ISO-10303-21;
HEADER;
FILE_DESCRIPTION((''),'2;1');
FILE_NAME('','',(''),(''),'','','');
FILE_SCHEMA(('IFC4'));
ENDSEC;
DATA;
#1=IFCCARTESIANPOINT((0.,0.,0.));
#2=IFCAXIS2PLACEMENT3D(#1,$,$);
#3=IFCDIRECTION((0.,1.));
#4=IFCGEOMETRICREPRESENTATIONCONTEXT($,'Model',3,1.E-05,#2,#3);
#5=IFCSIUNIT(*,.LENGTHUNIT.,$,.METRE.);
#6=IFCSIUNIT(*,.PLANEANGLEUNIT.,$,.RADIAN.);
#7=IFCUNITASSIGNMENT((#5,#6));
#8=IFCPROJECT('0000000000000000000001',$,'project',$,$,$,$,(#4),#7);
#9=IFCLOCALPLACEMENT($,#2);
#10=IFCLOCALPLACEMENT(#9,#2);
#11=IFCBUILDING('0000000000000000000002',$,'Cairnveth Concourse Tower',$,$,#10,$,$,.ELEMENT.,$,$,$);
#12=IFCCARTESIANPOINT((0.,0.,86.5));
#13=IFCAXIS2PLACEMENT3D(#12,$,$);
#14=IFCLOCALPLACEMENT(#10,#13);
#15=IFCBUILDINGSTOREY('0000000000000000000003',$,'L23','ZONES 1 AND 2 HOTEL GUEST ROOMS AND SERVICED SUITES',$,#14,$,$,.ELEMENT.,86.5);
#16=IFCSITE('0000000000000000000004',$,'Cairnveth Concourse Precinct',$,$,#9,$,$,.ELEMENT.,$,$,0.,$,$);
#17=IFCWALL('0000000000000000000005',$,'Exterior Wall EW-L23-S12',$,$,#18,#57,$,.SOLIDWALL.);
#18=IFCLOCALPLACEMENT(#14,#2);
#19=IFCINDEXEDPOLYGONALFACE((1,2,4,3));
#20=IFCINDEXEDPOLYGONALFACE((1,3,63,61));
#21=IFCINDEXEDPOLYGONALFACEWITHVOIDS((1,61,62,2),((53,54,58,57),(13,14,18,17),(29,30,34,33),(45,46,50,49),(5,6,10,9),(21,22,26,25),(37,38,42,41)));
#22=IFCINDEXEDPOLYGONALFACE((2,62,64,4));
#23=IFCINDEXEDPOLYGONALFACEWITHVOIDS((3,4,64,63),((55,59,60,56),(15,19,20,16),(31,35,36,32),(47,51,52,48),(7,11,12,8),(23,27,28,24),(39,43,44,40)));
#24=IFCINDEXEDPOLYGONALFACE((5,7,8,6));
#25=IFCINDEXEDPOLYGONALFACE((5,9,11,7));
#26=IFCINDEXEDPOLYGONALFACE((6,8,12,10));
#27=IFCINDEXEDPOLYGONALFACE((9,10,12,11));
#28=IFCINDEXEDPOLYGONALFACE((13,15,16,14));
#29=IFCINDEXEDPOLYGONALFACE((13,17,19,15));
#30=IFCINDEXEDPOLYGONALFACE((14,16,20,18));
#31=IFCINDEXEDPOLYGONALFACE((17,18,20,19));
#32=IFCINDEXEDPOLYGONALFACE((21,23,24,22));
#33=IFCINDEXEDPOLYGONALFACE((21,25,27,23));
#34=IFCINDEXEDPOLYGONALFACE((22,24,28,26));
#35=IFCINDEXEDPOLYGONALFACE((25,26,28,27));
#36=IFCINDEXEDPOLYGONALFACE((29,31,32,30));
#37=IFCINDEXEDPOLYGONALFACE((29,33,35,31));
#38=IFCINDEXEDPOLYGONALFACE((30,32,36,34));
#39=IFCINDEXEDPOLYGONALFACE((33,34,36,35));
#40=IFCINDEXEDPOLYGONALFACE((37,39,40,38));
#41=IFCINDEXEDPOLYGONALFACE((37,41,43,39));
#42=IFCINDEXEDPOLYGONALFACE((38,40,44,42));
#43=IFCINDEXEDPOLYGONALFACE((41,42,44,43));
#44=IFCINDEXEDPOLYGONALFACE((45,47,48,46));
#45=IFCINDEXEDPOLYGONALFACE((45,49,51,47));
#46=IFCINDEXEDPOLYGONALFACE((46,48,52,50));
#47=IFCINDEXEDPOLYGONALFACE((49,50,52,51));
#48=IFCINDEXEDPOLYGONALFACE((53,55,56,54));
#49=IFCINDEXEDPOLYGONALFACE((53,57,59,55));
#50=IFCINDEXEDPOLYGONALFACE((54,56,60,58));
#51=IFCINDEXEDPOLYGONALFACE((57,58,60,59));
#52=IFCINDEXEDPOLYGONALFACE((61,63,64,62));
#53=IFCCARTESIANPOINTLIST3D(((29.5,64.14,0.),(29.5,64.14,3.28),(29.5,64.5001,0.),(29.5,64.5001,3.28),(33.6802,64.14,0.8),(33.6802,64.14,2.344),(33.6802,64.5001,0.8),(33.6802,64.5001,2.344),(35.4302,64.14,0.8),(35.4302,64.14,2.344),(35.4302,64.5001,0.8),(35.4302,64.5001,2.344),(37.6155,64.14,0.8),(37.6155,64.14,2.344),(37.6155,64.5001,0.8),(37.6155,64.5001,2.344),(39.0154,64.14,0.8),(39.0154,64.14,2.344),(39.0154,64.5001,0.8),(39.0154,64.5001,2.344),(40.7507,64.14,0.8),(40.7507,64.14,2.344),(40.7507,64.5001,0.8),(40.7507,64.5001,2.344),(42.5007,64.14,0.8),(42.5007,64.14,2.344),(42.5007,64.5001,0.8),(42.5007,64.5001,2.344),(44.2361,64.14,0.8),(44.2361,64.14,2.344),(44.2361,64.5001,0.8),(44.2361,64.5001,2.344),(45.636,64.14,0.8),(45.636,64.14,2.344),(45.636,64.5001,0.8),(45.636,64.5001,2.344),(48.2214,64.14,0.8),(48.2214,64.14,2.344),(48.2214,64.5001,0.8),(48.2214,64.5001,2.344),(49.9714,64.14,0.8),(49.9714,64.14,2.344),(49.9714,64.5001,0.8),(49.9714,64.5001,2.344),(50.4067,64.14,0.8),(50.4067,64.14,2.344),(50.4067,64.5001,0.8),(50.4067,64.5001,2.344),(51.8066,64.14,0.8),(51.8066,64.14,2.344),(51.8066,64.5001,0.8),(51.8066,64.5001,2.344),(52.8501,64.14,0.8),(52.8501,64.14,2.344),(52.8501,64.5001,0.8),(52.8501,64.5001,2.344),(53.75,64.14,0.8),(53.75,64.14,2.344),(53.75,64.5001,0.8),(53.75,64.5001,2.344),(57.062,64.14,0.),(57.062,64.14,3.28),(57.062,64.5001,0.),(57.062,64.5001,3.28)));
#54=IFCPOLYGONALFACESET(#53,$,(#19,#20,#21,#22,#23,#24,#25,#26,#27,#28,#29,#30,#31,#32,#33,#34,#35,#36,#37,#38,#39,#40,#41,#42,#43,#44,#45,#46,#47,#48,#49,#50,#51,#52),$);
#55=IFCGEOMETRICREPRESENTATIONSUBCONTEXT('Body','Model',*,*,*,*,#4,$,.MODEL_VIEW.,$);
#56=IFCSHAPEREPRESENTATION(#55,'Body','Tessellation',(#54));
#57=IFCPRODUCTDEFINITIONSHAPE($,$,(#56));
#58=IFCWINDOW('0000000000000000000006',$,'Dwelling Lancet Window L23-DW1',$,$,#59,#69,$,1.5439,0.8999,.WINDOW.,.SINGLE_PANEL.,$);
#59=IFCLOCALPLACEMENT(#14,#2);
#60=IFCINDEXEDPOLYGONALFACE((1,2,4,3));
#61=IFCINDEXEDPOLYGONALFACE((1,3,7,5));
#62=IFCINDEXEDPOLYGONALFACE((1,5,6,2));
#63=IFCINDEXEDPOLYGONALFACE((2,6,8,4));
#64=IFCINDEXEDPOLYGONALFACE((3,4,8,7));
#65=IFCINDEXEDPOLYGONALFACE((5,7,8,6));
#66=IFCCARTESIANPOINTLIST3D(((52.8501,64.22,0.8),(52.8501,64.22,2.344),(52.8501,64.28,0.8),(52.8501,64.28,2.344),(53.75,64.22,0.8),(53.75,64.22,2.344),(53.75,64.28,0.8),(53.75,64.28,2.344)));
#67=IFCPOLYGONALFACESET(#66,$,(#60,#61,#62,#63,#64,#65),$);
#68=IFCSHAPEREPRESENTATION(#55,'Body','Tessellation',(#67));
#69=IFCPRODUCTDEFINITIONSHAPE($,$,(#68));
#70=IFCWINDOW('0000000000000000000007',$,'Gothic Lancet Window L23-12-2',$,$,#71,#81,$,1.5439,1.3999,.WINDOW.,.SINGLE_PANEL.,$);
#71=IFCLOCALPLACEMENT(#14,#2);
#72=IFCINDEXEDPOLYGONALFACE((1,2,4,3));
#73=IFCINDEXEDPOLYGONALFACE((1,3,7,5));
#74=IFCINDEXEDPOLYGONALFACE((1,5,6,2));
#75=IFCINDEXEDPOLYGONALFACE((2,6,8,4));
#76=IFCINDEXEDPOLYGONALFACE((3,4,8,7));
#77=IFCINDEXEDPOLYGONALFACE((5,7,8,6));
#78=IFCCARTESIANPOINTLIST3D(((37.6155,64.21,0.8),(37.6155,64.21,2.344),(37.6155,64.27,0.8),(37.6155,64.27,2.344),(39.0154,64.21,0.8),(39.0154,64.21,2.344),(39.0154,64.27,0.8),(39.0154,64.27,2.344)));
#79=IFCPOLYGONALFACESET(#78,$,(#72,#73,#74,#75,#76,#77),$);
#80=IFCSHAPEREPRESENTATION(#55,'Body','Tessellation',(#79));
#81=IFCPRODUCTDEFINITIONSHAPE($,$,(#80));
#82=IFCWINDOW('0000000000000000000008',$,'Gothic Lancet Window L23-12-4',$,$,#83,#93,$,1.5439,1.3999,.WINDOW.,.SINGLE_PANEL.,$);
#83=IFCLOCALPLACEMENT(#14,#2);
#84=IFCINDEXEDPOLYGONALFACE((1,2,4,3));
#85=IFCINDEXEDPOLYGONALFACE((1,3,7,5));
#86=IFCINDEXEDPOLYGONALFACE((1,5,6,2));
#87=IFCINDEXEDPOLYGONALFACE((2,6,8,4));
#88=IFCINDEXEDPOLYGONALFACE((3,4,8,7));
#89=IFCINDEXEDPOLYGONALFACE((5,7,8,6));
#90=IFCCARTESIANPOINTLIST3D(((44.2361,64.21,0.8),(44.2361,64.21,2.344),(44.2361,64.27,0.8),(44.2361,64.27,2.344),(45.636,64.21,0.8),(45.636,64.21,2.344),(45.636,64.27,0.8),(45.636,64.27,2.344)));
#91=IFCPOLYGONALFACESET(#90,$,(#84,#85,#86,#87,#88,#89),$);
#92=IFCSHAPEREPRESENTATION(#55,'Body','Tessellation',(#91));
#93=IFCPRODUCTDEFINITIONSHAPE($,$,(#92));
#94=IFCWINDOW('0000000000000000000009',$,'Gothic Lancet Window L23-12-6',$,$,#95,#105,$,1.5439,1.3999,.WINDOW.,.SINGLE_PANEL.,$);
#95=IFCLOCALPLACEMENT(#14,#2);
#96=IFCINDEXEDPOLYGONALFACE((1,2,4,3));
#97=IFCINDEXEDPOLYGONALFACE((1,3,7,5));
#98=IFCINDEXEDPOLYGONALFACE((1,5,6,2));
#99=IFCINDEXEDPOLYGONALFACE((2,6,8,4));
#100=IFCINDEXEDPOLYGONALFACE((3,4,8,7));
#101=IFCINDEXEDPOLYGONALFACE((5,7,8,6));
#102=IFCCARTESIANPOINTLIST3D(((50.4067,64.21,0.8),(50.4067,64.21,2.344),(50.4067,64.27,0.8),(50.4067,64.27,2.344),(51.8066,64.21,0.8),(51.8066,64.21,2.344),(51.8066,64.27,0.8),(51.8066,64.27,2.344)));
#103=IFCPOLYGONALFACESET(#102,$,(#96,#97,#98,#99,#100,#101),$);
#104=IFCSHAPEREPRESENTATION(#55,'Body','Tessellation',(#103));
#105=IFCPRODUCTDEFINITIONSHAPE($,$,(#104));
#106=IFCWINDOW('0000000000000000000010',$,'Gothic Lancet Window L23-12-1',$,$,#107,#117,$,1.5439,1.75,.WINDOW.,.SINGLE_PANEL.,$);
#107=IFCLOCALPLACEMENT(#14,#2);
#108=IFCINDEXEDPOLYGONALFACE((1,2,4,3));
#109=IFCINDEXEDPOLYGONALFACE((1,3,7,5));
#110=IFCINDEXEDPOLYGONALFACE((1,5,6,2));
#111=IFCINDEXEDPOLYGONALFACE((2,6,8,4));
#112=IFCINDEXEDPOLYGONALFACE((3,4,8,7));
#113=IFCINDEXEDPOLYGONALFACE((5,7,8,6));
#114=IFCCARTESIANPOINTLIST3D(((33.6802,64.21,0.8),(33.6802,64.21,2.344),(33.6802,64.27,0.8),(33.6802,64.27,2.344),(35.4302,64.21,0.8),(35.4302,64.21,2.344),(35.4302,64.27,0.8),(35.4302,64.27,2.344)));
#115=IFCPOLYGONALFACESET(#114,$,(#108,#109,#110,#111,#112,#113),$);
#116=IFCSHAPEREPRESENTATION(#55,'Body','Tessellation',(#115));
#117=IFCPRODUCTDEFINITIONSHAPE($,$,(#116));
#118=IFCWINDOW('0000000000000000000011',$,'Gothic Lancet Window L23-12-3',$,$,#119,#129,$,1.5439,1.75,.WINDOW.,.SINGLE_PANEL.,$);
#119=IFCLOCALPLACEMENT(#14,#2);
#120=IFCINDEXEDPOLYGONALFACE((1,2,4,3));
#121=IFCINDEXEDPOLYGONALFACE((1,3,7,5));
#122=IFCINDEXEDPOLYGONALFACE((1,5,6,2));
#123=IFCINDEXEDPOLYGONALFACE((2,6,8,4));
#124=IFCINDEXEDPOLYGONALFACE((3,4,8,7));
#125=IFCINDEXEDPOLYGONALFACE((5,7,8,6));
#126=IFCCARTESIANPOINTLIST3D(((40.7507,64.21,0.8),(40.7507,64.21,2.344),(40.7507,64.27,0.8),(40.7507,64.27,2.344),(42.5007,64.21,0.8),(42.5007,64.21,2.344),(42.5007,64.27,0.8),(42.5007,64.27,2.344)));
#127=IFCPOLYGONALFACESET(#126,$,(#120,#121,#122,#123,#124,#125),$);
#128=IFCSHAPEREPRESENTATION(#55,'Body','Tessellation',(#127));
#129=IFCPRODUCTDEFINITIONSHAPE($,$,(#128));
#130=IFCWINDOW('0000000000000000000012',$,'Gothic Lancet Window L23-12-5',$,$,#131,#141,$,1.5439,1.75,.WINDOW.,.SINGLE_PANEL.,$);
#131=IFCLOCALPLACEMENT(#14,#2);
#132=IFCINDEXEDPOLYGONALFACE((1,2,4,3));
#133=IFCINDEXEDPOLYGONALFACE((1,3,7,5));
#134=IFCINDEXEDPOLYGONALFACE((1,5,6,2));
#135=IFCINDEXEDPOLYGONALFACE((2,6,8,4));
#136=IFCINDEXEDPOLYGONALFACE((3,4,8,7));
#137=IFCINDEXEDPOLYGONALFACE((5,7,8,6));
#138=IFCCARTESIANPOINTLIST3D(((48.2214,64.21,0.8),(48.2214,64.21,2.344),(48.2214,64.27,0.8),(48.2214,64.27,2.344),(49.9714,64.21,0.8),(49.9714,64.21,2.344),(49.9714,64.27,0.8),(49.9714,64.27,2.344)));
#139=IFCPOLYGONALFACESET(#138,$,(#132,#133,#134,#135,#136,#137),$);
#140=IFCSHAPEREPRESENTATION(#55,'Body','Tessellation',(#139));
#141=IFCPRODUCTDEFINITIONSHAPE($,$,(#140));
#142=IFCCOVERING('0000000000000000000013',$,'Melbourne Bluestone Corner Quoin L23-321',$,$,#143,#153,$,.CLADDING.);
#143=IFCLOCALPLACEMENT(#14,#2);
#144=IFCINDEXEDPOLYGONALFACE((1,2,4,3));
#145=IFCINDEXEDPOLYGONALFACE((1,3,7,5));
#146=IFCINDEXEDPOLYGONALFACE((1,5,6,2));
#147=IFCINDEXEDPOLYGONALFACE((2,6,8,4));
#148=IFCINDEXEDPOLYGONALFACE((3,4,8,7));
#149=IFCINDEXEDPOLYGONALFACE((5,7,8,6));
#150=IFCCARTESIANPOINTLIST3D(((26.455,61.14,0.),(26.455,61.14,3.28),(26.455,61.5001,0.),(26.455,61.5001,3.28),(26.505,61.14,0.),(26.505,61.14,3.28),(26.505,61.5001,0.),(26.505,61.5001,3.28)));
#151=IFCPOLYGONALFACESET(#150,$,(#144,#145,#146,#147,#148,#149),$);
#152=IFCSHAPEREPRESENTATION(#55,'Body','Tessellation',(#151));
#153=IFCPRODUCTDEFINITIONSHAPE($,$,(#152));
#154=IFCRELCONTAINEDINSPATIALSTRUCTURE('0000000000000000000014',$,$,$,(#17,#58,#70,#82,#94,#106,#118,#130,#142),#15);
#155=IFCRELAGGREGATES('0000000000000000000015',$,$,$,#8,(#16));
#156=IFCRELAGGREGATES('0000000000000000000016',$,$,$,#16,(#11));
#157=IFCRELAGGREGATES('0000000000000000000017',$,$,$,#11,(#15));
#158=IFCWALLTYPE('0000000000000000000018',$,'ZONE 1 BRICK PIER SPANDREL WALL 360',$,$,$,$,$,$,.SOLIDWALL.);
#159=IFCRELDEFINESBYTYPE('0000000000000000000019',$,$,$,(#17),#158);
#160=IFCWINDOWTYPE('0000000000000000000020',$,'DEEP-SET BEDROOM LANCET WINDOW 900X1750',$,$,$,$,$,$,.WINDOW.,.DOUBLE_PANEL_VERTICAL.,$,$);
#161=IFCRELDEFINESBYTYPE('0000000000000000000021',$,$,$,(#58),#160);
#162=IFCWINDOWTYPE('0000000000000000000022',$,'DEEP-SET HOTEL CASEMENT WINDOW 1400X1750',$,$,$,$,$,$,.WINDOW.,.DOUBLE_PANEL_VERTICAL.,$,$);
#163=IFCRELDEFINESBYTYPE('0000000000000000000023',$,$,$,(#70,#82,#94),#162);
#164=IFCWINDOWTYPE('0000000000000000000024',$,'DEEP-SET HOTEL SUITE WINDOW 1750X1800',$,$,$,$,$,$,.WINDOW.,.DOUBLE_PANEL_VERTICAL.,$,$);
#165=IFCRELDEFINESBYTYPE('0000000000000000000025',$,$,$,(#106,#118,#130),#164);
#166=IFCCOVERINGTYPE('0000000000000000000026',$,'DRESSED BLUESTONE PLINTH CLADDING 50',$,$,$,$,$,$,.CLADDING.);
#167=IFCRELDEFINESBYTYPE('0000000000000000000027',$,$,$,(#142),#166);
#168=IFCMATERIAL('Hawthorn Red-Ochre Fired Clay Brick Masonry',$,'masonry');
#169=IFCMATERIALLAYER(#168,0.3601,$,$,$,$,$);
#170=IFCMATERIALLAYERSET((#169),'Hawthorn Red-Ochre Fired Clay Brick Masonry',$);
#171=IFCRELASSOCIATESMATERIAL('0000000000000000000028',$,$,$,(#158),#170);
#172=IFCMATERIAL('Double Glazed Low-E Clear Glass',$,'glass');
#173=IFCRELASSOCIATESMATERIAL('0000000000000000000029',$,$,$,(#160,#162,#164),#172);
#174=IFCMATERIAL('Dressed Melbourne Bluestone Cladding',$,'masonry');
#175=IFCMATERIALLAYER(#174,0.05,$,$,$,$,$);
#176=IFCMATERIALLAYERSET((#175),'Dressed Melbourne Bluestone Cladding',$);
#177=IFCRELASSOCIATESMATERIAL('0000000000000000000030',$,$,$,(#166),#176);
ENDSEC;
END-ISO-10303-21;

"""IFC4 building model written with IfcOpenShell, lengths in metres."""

from ifc_helpers import new_model, si_unit, direction, frame, frame_2d, origin, place, context, subcontext, project, spatial, rectangle, extrude, material, layer, layer_set, type_object, element, fill, save


model = new_model("IFC4")

# Units and contexts
model_context = context("Model", 3, precision=1e-05, world=origin(), true_north=direction((0.0, 1.0)))
body_context = subcontext(model_context, "Body", "Model", "MODEL_VIEW")
ifc_project = project(units=[si_unit("LENGTHUNIT", "METRE"), si_unit("PLANEANGLEUNIT", "RADIAN")], contexts=[model_context])

# Site, building, storey
site_placement = place(None, origin())
site = spatial("IfcSite", under=ifc_project, at=site_placement, Name="Cairnveth Concourse Precinct", CompositionType="ELEMENT", RefElevation=0.0)
building_placement = place(site_placement, origin())
building = spatial("IfcBuilding", under=site, at=building_placement, Name="Cairnveth Concourse Tower", CompositionType="ELEMENT")
storey_placement = place(building_placement, frame((0.0, 0.0, 86.5)))
storey = spatial("IfcBuildingStorey", under=building, at=storey_placement, Name="L23", Description="ZONES 1 AND 2 HOTEL GUEST ROOMS AND SERVICED SUITES", CompositionType="ELEMENT", Elevation=86.5)

# Shared definitions
ifc_material_1 = material(Name="Hawthorn Red-Ochre Fired Clay Brick Masonry", Category="masonry")
ifc_layer_1 = layer(ifc_material_1, 0.3601)
ifc_layer_set_1 = layer_set([ifc_layer_1], Name="Hawthorn Red-Ochre Fired Clay Brick Masonry")
wall_type_1 = type_object("IfcWallType", Name="ZONE 1 BRICK PIER SPANDREL WALL 360", PredefinedType="SOLIDWALL", material=ifc_layer_set_1)

# Wall, openings, windows
wall_1_placement = place(storey_placement, frame((29.5, 64.3201, 0.0), z_axis=(0.0, 0.0, 1.0), x_axis=(1.0, 0.0, 0.0)))
wall_1 = element("IfcWall", 1, at=wall_1_placement, inside=storey, type_object=wall_type_1, Name="Exterior Wall EW-L23-S12", PredefinedType="SOLIDWALL", context=body_context, shape_type="SweptSolid", body=[
    extrude(rectangle(XDim=27.562, YDim=0.3601, at=frame_2d((13.781, 0.0))), origin(), (0.0, 0.0, 1.0), 3.28),
])
opening_1_placement = place(wall_1_placement, frame((4.1802, 0.0, 0.8)))
opening_1 = element("IfcOpeningElement", 2, at=opening_1_placement, cuts=wall_1, PredefinedType="OPENING", context=body_context, shape_type="SweptSolid", body=[
    extrude(rectangle(XDim=1.75, YDim=1.5439, at=frame_2d((0.875, 0.772))), frame((0.0, 0.1899, 0.0), z_axis=(0.0, -1.0, 0.0), x_axis=(1.0, 0.0, 0.0)), (0.0, 0.0, 1.0), 0.3801),
])
opening_2_placement = place(wall_1_placement, frame((8.1155, 0.0, 0.8)))
opening_2 = element("IfcOpeningElement", 3, at=opening_2_placement, cuts=wall_1, PredefinedType="OPENING", context=body_context, shape_type="SweptSolid", body=[
    extrude(rectangle(XDim=1.3999, YDim=1.5439, at=frame_2d((0.7, 0.772))), frame((0.0, 0.1899, 0.0), z_axis=(0.0, -1.0, 0.0), x_axis=(1.0, 0.0, 0.0)), (0.0, 0.0, 1.0), 0.3801),
])
opening_3_placement = place(wall_1_placement, frame((11.2507, 0.0, 0.8)))
opening_3 = element("IfcOpeningElement", 4, at=opening_3_placement, cuts=wall_1, PredefinedType="OPENING", context=body_context, shape_type="SweptSolid", body=[
    extrude(rectangle(XDim=1.75, YDim=1.5439, at=frame_2d((0.875, 0.772))), frame((0.0, 0.1899, 0.0), z_axis=(0.0, -1.0, 0.0), x_axis=(1.0, 0.0, 0.0)), (0.0, 0.0, 1.0), 0.3801),
])
opening_4_placement = place(wall_1_placement, frame((14.7361, 0.0, 0.8)))
opening_4 = element("IfcOpeningElement", 5, at=opening_4_placement, cuts=wall_1, PredefinedType="OPENING", context=body_context, shape_type="SweptSolid", body=[
    extrude(rectangle(XDim=1.3999, YDim=1.5439, at=frame_2d((0.7, 0.772))), frame((0.0, 0.1899, 0.0), z_axis=(0.0, -1.0, 0.0), x_axis=(1.0, 0.0, 0.0)), (0.0, 0.0, 1.0), 0.3801),
])
opening_5_placement = place(wall_1_placement, frame((18.7214, 0.0, 0.8)))
opening_5 = element("IfcOpeningElement", 6, at=opening_5_placement, cuts=wall_1, PredefinedType="OPENING", context=body_context, shape_type="SweptSolid", body=[
    extrude(rectangle(XDim=1.75, YDim=1.5439, at=frame_2d((0.875, 0.772))), frame((0.0, 0.1899, 0.0), z_axis=(0.0, -1.0, 0.0), x_axis=(1.0, 0.0, 0.0)), (0.0, 0.0, 1.0), 0.3801),
])
opening_6_placement = place(wall_1_placement, frame((20.9067, 0.0, 0.8)))
opening_6 = element("IfcOpeningElement", 7, at=opening_6_placement, cuts=wall_1, PredefinedType="OPENING", context=body_context, shape_type="SweptSolid", body=[
    extrude(rectangle(XDim=1.3999, YDim=1.5439, at=frame_2d((0.7, 0.772))), frame((0.0, 0.1899, 0.0), z_axis=(0.0, -1.0, 0.0), x_axis=(1.0, 0.0, 0.0)), (0.0, 0.0, 1.0), 0.3801),
])
opening_7_placement = place(wall_1_placement, frame((23.3501, 0.0, 0.8)))
opening_7 = element("IfcOpeningElement", 8, at=opening_7_placement, cuts=wall_1, PredefinedType="OPENING", context=body_context, shape_type="SweptSolid", body=[
    extrude(rectangle(XDim=0.8999, YDim=1.5439, at=frame_2d((0.45, 0.772))), frame((0.0, 0.1899, 0.0), z_axis=(0.0, -1.0, 0.0), x_axis=(1.0, 0.0, 0.0)), (0.0, 0.0, 1.0), 0.3801),
])
ifc_material_2 = material(Name="Double Glazed Low-E Clear Glass", Category="glass")
window_type_1 = type_object("IfcWindowType", Name="DEEP-SET BEDROOM LANCET WINDOW 900X1750", PartitioningType="DOUBLE_PANEL_VERTICAL", PredefinedType="WINDOW", material=ifc_material_2)
window_1_placement = place(opening_7_placement, origin())
window_1 = element("IfcWindow", 9, at=window_1_placement, inside=storey, type_object=window_type_1, Name="Dwelling Lancet Window L23-DW1", OverallHeight=1.5439, OverallWidth=0.8999, PartitioningType="SINGLE_PANEL", PredefinedType="WINDOW", context=body_context, shape_type="SweptSolid", body=[
    extrude(rectangle(XDim=0.8999, YDim=1.5439, at=frame_2d((0.45, 0.772))), frame((0.0, -0.04, 0.0), z_axis=(0.0, -1.0, 0.0), x_axis=(1.0, 0.0, 0.0)), (0.0, 0.0, 1.0), 0.0601),
])
fill(opening_7, window_1)
window_type_2 = type_object("IfcWindowType", Name="DEEP-SET HOTEL CASEMENT WINDOW 1400X1750", PartitioningType="DOUBLE_PANEL_VERTICAL", PredefinedType="WINDOW", material=ifc_material_2)
window_2_placement = place(opening_2_placement, origin())
window_2 = element("IfcWindow", 10, at=window_2_placement, inside=storey, type_object=window_type_2, Name="Gothic Lancet Window L23-12-2", OverallHeight=1.5439, OverallWidth=1.3999, PartitioningType="SINGLE_PANEL", PredefinedType="WINDOW", context=body_context, shape_type="SweptSolid", body=[
    extrude(rectangle(XDim=1.3999, YDim=1.5439, at=frame_2d((0.7, 0.772))), frame((0.0, -0.05, 0.0), z_axis=(0.0, -1.0, 0.0), x_axis=(1.0, 0.0, 0.0)), (0.0, 0.0, 1.0), 0.0601),
])
fill(opening_2, window_2)
window_3_placement = place(opening_4_placement, origin())
window_3 = element("IfcWindow", 11, at=window_3_placement, inside=storey, type_object=window_type_2, Name="Gothic Lancet Window L23-12-4", OverallHeight=1.5439, OverallWidth=1.3999, PartitioningType="SINGLE_PANEL", PredefinedType="WINDOW", context=body_context, shape_type="SweptSolid", body=[
    extrude(rectangle(XDim=1.3999, YDim=1.5439, at=frame_2d((0.7, 0.772))), frame((0.0, -0.05, 0.0), z_axis=(0.0, -1.0, 0.0), x_axis=(1.0, 0.0, 0.0)), (0.0, 0.0, 1.0), 0.0601),
])
fill(opening_4, window_3)
window_4_placement = place(opening_6_placement, origin())
window_4 = element("IfcWindow", 12, at=window_4_placement, inside=storey, type_object=window_type_2, Name="Gothic Lancet Window L23-12-6", OverallHeight=1.5439, OverallWidth=1.3999, PartitioningType="SINGLE_PANEL", PredefinedType="WINDOW", context=body_context, shape_type="SweptSolid", body=[
    extrude(rectangle(XDim=1.3999, YDim=1.5439, at=frame_2d((0.7, 0.772))), frame((0.0, -0.05, 0.0), z_axis=(0.0, -1.0, 0.0), x_axis=(1.0, 0.0, 0.0)), (0.0, 0.0, 1.0), 0.0601),
])
fill(opening_6, window_4)
window_type_3 = type_object("IfcWindowType", Name="DEEP-SET HOTEL SUITE WINDOW 1750X1800", PartitioningType="DOUBLE_PANEL_VERTICAL", PredefinedType="WINDOW", material=ifc_material_2)
window_5_placement = place(opening_1_placement, origin())
window_5 = element("IfcWindow", 13, at=window_5_placement, inside=storey, type_object=window_type_3, Name="Gothic Lancet Window L23-12-1", OverallHeight=1.5439, OverallWidth=1.75, PartitioningType="SINGLE_PANEL", PredefinedType="WINDOW", context=body_context, shape_type="SweptSolid", body=[
    extrude(rectangle(XDim=1.75, YDim=1.5439, at=frame_2d((0.875, 0.772))), frame((0.0, -0.05, 0.0), z_axis=(0.0, -1.0, 0.0), x_axis=(1.0, 0.0, 0.0)), (0.0, 0.0, 1.0), 0.0601),
])
fill(opening_1, window_5)
window_6_placement = place(opening_3_placement, origin())
window_6 = element("IfcWindow", 14, at=window_6_placement, inside=storey, type_object=window_type_3, Name="Gothic Lancet Window L23-12-3", OverallHeight=1.5439, OverallWidth=1.75, PartitioningType="SINGLE_PANEL", PredefinedType="WINDOW", context=body_context, shape_type="SweptSolid", body=[
    extrude(rectangle(XDim=1.75, YDim=1.5439, at=frame_2d((0.875, 0.772))), frame((0.0, -0.05, 0.0), z_axis=(0.0, -1.0, 0.0), x_axis=(1.0, 0.0, 0.0)), (0.0, 0.0, 1.0), 0.0601),
])
fill(opening_3, window_6)
window_7_placement = place(opening_5_placement, origin())
window_7 = element("IfcWindow", 15, at=window_7_placement, inside=storey, type_object=window_type_3, Name="Gothic Lancet Window L23-12-5", OverallHeight=1.5439, OverallWidth=1.75, PartitioningType="SINGLE_PANEL", PredefinedType="WINDOW", context=body_context, shape_type="SweptSolid", body=[
    extrude(rectangle(XDim=1.75, YDim=1.5439, at=frame_2d((0.875, 0.772))), frame((0.0, -0.05, 0.0), z_axis=(0.0, -1.0, 0.0), x_axis=(1.0, 0.0, 0.0)), (0.0, 0.0, 1.0), 0.0601),
])
fill(opening_5, window_7)

# Covering
ifc_material_3 = material(Name="Dressed Melbourne Bluestone Cladding", Category="masonry")
ifc_layer_2 = layer(ifc_material_3, 0.05)
ifc_layer_set_2 = layer_set([ifc_layer_2], Name="Dressed Melbourne Bluestone Cladding")
covering_type = type_object("IfcCoveringType", Name="DRESSED BLUESTONE PLINTH CLADDING 50", PredefinedType="CLADDING", material=ifc_layer_set_2)
for number, where, z_axis, x_axis, name in (
    (16, (26.48, 61.1399, 0.0), (0.0, 0.0, 1.0), (0.0, 1.0, 0.0), "Melbourne Bluestone Corner Quoin L23-321"),
):
    element("IfcCovering", number, at=place(storey_placement, frame(where, z_axis=z_axis, x_axis=x_axis)), inside=storey, type_object=covering_type, Name=name, PredefinedType="CLADDING", context=body_context, shape_type="SweptSolid", body=[
        extrude(rectangle(XDim=0.3601, YDim=0.05, at=frame_2d((0.1802, 0.0))), origin(), (0.0, 0.0, 1.0), 3.28),
    ])

save(model, "model.ifc")
